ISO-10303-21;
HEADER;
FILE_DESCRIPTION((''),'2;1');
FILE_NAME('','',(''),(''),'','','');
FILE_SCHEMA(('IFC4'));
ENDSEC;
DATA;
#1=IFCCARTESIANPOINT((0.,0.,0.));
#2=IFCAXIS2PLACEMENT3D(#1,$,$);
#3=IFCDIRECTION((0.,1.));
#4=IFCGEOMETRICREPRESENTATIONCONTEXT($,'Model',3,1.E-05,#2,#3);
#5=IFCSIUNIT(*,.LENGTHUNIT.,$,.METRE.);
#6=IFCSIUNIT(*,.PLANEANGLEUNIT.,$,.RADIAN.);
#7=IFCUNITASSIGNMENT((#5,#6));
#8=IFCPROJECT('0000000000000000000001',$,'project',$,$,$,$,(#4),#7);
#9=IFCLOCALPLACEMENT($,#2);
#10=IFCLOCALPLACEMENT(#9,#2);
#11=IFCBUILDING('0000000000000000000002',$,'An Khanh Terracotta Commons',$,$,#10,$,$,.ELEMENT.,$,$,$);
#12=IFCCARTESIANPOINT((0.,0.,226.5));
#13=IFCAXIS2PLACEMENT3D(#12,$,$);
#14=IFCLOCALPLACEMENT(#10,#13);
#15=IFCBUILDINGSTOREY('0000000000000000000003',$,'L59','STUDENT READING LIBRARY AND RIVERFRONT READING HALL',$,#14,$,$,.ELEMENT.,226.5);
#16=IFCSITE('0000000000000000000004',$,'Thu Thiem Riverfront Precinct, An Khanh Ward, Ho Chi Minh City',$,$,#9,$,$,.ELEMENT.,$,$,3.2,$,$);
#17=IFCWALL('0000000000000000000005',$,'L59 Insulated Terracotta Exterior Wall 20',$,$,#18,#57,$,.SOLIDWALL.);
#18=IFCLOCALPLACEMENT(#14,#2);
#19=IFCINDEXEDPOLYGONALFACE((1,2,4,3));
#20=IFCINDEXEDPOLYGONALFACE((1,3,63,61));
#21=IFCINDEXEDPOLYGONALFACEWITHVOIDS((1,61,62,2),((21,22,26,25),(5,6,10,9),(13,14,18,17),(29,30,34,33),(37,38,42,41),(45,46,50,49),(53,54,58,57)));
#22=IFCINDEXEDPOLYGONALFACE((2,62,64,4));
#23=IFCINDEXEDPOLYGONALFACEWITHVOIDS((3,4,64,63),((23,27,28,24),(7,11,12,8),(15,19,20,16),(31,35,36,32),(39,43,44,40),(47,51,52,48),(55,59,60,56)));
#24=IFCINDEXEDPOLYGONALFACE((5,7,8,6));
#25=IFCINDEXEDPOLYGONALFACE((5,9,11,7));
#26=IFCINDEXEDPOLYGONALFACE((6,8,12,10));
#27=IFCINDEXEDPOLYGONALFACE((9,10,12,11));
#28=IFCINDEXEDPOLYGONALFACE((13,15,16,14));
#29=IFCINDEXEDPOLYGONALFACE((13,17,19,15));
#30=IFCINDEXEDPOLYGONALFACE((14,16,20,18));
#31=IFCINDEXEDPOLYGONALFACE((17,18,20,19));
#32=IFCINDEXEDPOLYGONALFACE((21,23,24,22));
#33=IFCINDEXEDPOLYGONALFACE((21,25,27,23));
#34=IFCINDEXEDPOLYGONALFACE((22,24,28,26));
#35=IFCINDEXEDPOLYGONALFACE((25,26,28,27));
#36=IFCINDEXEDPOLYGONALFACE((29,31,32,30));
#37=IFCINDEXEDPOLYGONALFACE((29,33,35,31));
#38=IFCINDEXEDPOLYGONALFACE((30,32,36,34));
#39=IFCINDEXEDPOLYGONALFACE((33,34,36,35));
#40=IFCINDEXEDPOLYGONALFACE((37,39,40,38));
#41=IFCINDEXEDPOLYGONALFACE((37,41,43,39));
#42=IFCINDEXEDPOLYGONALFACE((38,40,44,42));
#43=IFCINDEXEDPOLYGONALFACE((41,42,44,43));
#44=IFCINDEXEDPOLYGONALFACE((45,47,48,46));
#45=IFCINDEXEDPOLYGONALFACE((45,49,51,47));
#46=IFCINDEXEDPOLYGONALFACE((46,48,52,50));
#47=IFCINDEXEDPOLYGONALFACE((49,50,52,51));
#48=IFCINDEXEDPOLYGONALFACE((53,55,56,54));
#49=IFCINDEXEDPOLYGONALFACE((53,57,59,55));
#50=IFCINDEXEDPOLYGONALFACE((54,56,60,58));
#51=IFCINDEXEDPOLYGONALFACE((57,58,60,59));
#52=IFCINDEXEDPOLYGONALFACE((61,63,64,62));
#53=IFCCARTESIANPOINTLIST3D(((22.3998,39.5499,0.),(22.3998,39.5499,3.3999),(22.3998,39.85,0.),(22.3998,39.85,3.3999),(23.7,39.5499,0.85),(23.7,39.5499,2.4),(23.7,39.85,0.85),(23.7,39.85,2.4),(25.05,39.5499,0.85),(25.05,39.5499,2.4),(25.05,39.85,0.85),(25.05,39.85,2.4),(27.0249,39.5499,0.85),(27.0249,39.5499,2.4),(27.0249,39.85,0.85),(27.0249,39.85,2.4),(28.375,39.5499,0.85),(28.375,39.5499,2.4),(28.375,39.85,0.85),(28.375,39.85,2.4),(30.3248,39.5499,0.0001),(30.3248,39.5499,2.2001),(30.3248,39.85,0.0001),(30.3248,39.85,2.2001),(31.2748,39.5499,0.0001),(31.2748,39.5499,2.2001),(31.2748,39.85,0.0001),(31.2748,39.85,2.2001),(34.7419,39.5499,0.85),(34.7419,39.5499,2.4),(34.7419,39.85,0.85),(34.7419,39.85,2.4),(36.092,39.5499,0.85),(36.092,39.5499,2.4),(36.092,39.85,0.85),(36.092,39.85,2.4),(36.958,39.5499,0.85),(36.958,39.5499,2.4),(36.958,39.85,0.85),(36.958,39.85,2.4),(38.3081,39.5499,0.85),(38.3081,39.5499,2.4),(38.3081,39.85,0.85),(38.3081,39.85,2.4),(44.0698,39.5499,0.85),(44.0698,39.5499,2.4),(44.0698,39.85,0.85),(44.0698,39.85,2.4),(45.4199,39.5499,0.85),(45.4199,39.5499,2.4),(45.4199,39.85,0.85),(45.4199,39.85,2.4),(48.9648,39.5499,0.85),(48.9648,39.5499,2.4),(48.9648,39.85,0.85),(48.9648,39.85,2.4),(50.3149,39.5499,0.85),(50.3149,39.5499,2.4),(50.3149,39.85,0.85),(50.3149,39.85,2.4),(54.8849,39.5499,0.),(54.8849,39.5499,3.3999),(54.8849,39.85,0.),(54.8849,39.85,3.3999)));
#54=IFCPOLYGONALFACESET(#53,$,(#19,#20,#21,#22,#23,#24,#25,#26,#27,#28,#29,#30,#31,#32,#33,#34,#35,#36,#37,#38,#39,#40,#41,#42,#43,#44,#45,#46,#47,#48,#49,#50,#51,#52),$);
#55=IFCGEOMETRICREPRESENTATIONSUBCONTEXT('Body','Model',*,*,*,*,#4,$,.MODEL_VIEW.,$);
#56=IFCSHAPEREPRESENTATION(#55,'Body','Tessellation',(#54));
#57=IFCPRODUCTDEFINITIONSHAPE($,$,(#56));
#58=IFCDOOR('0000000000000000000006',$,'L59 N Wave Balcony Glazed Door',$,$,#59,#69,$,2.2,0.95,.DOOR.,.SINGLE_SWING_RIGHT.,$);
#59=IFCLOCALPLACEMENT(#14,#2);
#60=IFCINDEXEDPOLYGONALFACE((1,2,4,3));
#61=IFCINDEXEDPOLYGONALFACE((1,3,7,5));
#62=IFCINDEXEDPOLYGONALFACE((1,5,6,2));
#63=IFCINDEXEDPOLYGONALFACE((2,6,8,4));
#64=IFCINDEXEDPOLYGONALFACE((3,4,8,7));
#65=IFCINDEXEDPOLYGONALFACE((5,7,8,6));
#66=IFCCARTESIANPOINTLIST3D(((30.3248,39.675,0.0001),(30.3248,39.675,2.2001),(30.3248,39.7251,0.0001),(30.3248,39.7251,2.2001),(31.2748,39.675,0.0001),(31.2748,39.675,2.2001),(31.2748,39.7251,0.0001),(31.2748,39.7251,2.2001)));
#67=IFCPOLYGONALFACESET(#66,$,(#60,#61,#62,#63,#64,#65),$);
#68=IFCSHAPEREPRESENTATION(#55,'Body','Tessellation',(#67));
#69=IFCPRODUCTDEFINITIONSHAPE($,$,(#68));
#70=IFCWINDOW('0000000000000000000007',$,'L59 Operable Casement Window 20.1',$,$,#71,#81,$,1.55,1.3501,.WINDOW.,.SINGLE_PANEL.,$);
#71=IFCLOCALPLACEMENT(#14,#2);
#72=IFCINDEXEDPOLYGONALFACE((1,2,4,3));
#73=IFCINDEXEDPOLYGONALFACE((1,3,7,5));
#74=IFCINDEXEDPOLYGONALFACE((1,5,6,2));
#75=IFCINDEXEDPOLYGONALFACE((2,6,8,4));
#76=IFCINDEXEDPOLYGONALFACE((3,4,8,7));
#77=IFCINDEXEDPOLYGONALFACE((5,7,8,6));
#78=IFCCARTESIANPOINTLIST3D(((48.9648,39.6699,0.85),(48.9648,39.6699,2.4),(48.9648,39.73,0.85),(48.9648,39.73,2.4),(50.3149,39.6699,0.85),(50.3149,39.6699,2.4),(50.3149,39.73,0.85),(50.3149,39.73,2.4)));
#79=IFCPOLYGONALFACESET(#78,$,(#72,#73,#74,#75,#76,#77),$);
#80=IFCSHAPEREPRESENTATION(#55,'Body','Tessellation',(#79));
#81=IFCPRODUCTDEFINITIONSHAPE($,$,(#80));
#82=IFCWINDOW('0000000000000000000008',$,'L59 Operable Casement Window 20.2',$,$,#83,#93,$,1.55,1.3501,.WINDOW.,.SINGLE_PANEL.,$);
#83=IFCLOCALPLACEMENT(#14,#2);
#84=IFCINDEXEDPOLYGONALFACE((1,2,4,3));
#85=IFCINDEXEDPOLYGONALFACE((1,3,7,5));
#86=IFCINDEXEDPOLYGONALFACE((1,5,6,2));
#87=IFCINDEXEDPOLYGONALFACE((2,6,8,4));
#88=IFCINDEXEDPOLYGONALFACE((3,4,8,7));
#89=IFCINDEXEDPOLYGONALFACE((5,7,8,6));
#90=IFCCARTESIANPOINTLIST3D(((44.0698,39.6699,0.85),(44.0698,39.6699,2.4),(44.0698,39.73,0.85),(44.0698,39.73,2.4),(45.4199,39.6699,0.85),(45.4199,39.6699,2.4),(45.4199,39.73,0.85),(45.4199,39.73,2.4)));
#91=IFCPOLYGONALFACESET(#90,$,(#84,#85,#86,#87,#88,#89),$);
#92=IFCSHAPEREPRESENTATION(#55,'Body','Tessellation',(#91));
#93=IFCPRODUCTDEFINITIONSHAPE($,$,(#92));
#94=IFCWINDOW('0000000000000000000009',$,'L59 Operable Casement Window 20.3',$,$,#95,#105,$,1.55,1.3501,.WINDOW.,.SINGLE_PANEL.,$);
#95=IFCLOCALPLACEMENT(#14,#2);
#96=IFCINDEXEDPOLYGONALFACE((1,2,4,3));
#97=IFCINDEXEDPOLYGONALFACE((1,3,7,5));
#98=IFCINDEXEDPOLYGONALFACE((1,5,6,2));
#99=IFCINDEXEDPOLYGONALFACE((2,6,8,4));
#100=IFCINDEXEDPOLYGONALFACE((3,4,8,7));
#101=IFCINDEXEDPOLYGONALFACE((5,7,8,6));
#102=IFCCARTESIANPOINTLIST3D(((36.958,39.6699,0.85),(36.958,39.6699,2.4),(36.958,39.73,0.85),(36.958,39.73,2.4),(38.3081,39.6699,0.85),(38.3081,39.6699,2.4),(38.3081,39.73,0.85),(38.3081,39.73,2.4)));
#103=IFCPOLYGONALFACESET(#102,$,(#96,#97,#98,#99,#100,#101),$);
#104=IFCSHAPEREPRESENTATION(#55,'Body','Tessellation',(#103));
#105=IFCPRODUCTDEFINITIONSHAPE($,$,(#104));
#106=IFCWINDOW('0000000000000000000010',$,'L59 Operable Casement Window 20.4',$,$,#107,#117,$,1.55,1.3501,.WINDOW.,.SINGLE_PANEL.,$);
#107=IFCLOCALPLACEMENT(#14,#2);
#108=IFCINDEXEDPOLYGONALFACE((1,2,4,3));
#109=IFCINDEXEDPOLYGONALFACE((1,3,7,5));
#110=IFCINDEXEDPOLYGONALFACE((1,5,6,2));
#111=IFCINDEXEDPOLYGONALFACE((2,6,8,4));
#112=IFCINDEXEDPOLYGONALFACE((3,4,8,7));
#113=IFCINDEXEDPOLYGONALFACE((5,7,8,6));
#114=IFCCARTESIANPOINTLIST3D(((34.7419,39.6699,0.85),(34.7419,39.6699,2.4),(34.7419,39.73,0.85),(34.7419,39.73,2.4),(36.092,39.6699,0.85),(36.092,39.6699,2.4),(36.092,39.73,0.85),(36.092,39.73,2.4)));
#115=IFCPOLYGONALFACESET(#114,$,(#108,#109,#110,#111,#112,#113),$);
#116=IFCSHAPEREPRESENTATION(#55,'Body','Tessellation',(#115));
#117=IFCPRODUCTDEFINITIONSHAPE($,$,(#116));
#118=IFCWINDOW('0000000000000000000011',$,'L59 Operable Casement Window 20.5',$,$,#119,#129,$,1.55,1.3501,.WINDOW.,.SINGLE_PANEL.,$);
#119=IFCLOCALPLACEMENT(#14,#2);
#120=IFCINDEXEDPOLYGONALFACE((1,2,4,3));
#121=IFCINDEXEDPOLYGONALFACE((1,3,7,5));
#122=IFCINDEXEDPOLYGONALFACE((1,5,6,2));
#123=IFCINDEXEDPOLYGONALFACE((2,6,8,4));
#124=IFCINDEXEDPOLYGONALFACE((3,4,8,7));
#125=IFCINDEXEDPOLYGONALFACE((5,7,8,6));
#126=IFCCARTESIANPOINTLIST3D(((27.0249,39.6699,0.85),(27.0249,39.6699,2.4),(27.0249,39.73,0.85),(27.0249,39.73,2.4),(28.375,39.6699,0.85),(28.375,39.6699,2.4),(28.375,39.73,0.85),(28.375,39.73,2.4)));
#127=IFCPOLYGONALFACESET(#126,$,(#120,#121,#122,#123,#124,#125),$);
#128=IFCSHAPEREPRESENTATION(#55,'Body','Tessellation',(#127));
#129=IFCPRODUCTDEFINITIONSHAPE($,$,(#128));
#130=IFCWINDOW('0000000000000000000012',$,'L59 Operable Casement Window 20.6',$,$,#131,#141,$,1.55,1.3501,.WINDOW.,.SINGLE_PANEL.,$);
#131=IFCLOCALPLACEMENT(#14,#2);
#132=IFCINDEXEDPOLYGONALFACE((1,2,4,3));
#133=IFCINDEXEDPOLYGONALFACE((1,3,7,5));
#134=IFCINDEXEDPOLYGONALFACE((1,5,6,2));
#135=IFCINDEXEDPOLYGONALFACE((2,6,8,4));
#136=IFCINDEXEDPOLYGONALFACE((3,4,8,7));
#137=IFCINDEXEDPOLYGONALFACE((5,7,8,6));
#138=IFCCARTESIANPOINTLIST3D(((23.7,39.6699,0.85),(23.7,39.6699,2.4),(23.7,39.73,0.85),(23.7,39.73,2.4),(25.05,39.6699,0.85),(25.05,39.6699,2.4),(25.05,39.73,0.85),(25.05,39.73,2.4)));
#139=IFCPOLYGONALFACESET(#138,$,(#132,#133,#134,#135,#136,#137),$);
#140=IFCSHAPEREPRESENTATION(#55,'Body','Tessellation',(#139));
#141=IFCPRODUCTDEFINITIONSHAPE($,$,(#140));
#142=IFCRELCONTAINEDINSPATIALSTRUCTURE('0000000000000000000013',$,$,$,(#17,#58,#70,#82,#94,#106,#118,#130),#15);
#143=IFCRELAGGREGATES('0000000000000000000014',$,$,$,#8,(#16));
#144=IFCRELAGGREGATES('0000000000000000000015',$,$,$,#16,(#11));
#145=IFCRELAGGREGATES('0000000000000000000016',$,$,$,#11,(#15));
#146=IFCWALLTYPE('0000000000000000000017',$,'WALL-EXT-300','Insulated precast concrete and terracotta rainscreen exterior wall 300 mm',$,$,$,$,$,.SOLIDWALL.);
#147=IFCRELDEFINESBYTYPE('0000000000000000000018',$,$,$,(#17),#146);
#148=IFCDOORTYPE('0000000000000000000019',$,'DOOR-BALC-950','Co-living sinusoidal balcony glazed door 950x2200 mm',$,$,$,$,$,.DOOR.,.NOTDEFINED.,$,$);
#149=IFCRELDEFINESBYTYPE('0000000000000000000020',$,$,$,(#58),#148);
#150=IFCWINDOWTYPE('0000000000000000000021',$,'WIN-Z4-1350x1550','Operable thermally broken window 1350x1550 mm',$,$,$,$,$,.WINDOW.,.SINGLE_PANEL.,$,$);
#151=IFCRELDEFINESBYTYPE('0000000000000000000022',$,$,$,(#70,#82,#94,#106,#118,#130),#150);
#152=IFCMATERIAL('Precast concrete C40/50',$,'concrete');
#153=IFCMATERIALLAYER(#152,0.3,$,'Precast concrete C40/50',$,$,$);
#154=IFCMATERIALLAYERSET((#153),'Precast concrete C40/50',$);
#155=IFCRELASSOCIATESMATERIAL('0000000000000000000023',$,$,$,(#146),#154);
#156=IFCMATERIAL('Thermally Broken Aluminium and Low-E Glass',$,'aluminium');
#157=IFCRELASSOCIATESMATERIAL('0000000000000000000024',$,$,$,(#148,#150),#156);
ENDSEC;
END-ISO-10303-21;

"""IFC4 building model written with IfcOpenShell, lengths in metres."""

from ifc_helpers import new_model, si_unit, direction, frame, frame_2d, origin, place, context, subcontext, project, spatial, rectangle, extrude, material, layer, layer_set, type_object, element, fill, save


model = new_model("IFC4")

# Units and contexts
model_context = context("Model", 3, precision=1e-05, world=origin(), true_north=direction((0.0, 1.0)))
body_context = subcontext(model_context, "Body", "Model", "MODEL_VIEW")
ifc_project = project(units=[si_unit("LENGTHUNIT", "METRE"), si_unit("PLANEANGLEUNIT", "RADIAN")], contexts=[model_context])

# Site, building, storey
site_placement = place(None, origin())
site = spatial("IfcSite", under=ifc_project, at=site_placement, Name="Thu Thiem Riverfront Precinct, An Khanh Ward, Ho Chi Minh City", CompositionType="ELEMENT", RefElevation=3.2)
building_placement = place(site_placement, origin())
building = spatial("IfcBuilding", under=site, at=building_placement, Name="An Khanh Terracotta Commons", CompositionType="ELEMENT")
storey_placement = place(building_placement, frame((0.0, 0.0, 226.5)))
storey = spatial("IfcBuildingStorey", under=building, at=storey_placement, Name="L59", Description="STUDENT READING LIBRARY AND RIVERFRONT READING HALL", CompositionType="ELEMENT", Elevation=226.5)

# Shared definitions
ifc_material_1 = material(Name="Precast concrete C40/50", Category="concrete")
ifc_layer_1 = layer(ifc_material_1, 0.3, Name="Precast concrete C40/50")
ifc_layer_set_1 = layer_set([ifc_layer_1], Name="Precast concrete C40/50")
wall_type_1 = type_object("IfcWallType", Name="WALL-EXT-300", Description="Insulated precast concrete and terracotta rainscreen exterior wall 300 mm", PredefinedType="SOLIDWALL", material=ifc_layer_set_1)

# Wall, openings, door, windows
wall_1_placement = place(storey_placement, frame((54.885, 39.7, 0.0), z_axis=(0.0, 0.0, 1.0), x_axis=(-1.0, 0.0, 0.0)))
wall_1 = element("IfcWall", 1, at=wall_1_placement, inside=storey, type_object=wall_type_1, Name="L59 Insulated Terracotta Exterior Wall 20", PredefinedType="SOLIDWALL", context=body_context, shape_type="SweptSolid", body=[
    extrude(rectangle(XDim=32.4851, YDim=0.3, at=frame_2d((16.2427, 0.0))), origin(), (0.0, 0.0, 1.0), 3.3999),
])
opening_1_placement = place(wall_1_placement, frame((23.6101, 0.0, 0.0)))
opening_1 = element("IfcOpeningElement", 2, at=opening_1_placement, cuts=wall_1, PredefinedType="OPENING", context=body_context, shape_type="SweptSolid", body=[
    extrude(rectangle(XDim=0.95, YDim=2.2, at=frame_2d((0.4751, 1.1001))), frame((0.0, 0.1599, 0.0), z_axis=(0.0, -1.0, 0.0), x_axis=(1.0, 0.0, 0.0)), (0.0, 0.0, 1.0), 0.3201),
])
opening_2_placement = place(wall_1_placement, frame((4.5701, 0.0, 0.8501)))
opening_2 = element("IfcOpeningElement", 3, at=opening_2_placement, cuts=wall_1, PredefinedType="OPENING", context=body_context, shape_type="SweptSolid", body=[
    extrude(rectangle(XDim=1.3501, YDim=1.55, at=frame_2d((0.675, 0.7749))), frame((0.0, 0.1599, 0.0), z_axis=(0.0, -1.0, 0.0), x_axis=(1.0, 0.0, 0.0)), (0.0, 0.0, 1.0), 0.3201),
])
opening_3_placement = place(wall_1_placement, frame((9.4651, 0.0, 0.8501)))
opening_3 = element("IfcOpeningElement", 4, at=opening_3_placement, cuts=wall_1, PredefinedType="OPENING", context=body_context, shape_type="SweptSolid", body=[
    extrude(rectangle(XDim=1.3501, YDim=1.55, at=frame_2d((0.675, 0.7749))), frame((0.0, 0.1599, 0.0), z_axis=(0.0, -1.0, 0.0), x_axis=(1.0, 0.0, 0.0)), (0.0, 0.0, 1.0), 0.3201),
])
opening_4_placement = place(wall_1_placement, frame((16.5769, 0.0, 0.8501)))
opening_4 = element("IfcOpeningElement", 5, at=opening_4_placement, cuts=wall_1, PredefinedType="OPENING", context=body_context, shape_type="SweptSolid", body=[
    extrude(rectangle(XDim=1.3501, YDim=1.55, at=frame_2d((0.675, 0.7749))), frame((0.0, 0.1599, 0.0), z_axis=(0.0, -1.0, 0.0), x_axis=(1.0, 0.0, 0.0)), (0.0, 0.0, 1.0), 0.3201),
])
opening_5_placement = place(wall_1_placement, frame((18.793, 0.0, 0.8501)))
opening_5 = element("IfcOpeningElement", 6, at=opening_5_placement, cuts=wall_1, PredefinedType="OPENING", context=body_context, shape_type="SweptSolid", body=[
    extrude(rectangle(XDim=1.3501, YDim=1.55, at=frame_2d((0.675, 0.7749))), frame((0.0, 0.1599, 0.0), z_axis=(0.0, -1.0, 0.0), x_axis=(1.0, 0.0, 0.0)), (0.0, 0.0, 1.0), 0.3201),
])
opening_6_placement = place(wall_1_placement, frame((26.51, 0.0, 0.8501)))
opening_6 = element("IfcOpeningElement", 7, at=opening_6_placement, cuts=wall_1, PredefinedType="OPENING", context=body_context, shape_type="SweptSolid", body=[
    extrude(rectangle(XDim=1.3501, YDim=1.55, at=frame_2d((0.675, 0.7749))), frame((0.0, 0.1599, 0.0), z_axis=(0.0, -1.0, 0.0), x_axis=(1.0, 0.0, 0.0)), (0.0, 0.0, 1.0), 0.3201),
])
opening_7_placement = place(wall_1_placement, frame((29.835, 0.0, 0.8501)))
opening_7 = element("IfcOpeningElement", 8, at=opening_7_placement, cuts=wall_1, PredefinedType="OPENING", context=body_context, shape_type="SweptSolid", body=[
    extrude(rectangle(XDim=1.3501, YDim=1.55, at=frame_2d((0.675, 0.7749))), frame((0.0, 0.1599, 0.0), z_axis=(0.0, -1.0, 0.0), x_axis=(1.0, 0.0, 0.0)), (0.0, 0.0, 1.0), 0.3201),
])
ifc_material_2 = material(Name="Thermally Broken Aluminium and Low-E Glass", Category="aluminium")
door_type_1 = type_object("IfcDoorType", Name="DOOR-BALC-950", Description="Co-living sinusoidal balcony glazed door 950x2200 mm", OperationType="NOTDEFINED", PredefinedType="DOOR", material=ifc_material_2)
door_1_placement = place(opening_1_placement, origin())
door_1 = element("IfcDoor", 9, at=door_1_placement, inside=storey, type_object=door_type_1, Name="L59 N Wave Balcony Glazed Door", OperationType="SINGLE_SWING_RIGHT", OverallHeight=2.2, OverallWidth=0.95, PredefinedType="DOOR", context=body_context, shape_type="SweptSolid", body=[
    extrude(rectangle(XDim=0.95, YDim=2.2, at=frame_2d((0.4751, 1.1001))), frame((0.0, 0.0249, 0.0), z_axis=(0.0, -1.0, 0.0), x_axis=(1.0, 0.0, 0.0)), (0.0, 0.0, 1.0), 0.05),
])
fill(opening_1, door_1)
window_type = type_object("IfcWindowType", Name="WIN-Z4-1350x1550", Description="Operable thermally broken window 1350x1550 mm", PartitioningType="SINGLE_PANEL", PredefinedType="WINDOW", material=ifc_material_2)
window_1_placement = place(opening_2_placement, origin())
window_1 = element("IfcWindow", 10, at=window_1_placement, inside=storey, type_object=window_type, Name="L59 Operable Casement Window 20.1", OverallHeight=1.55, OverallWidth=1.3501, PartitioningType="SINGLE_PANEL", PredefinedType="WINDOW", context=body_context, shape_type="SweptSolid", body=[
    extrude(rectangle(XDim=1.3501, YDim=1.55, at=frame_2d((0.675, 0.7749))), frame((0.0, 0.03, 0.0), z_axis=(0.0, -1.0, 0.0), x_axis=(1.0, 0.0, 0.0)), (0.0, 0.0, 1.0), 0.0601),
])
fill(opening_2, window_1)
window_2_placement = place(opening_3_placement, origin())
window_2 = element("IfcWindow", 11, at=window_2_placement, inside=storey, type_object=window_type, Name="L59 Operable Casement Window 20.2", OverallHeight=1.55, OverallWidth=1.3501, PartitioningType="SINGLE_PANEL", PredefinedType="WINDOW", context=body_context, shape_type="SweptSolid", body=[
    extrude(rectangle(XDim=1.3501, YDim=1.55, at=frame_2d((0.675, 0.7749))), frame((0.0, 0.03, 0.0), z_axis=(0.0, -1.0, 0.0), x_axis=(1.0, 0.0, 0.0)), (0.0, 0.0, 1.0), 0.0601),
])
fill(opening_3, window_2)
window_3_placement = place(opening_4_placement, origin())
window_3 = element("IfcWindow", 12, at=window_3_placement, inside=storey, type_object=window_type, Name="L59 Operable Casement Window 20.3", OverallHeight=1.55, OverallWidth=1.3501, PartitioningType="SINGLE_PANEL", PredefinedType="WINDOW", context=body_context, shape_type="SweptSolid", body=[
    extrude(rectangle(XDim=1.3501, YDim=1.55, at=frame_2d((0.675, 0.7749))), frame((0.0, 0.03, 0.0), z_axis=(0.0, -1.0, 0.0), x_axis=(1.0, 0.0, 0.0)), (0.0, 0.0, 1.0), 0.0601),
])
fill(opening_4, window_3)
window_4_placement = place(opening_5_placement, origin())
window_4 = element("IfcWindow", 13, at=window_4_placement, inside=storey, type_object=window_type, Name="L59 Operable Casement Window 20.4", OverallHeight=1.55, OverallWidth=1.3501, PartitioningType="SINGLE_PANEL", PredefinedType="WINDOW", context=body_context, shape_type="SweptSolid", body=[
    extrude(rectangle(XDim=1.3501, YDim=1.55, at=frame_2d((0.675, 0.7749))), frame((0.0, 0.03, 0.0), z_axis=(0.0, -1.0, 0.0), x_axis=(1.0, 0.0, 0.0)), (0.0, 0.0, 1.0), 0.0601),
])
fill(opening_5, window_4)
window_5_placement = place(opening_6_placement, origin())
window_5 = element("IfcWindow", 14, at=window_5_placement, inside=storey, type_object=window_type, Name="L59 Operable Casement Window 20.5", OverallHeight=1.55, OverallWidth=1.3501, PartitioningType="SINGLE_PANEL", PredefinedType="WINDOW", context=body_context, shape_type="SweptSolid", body=[
    extrude(rectangle(XDim=1.3501, YDim=1.55, at=frame_2d((0.675, 0.7749))), frame((0.0, 0.03, 0.0), z_axis=(0.0, -1.0, 0.0), x_axis=(1.0, 0.0, 0.0)), (0.0, 0.0, 1.0), 0.0601),
])
fill(opening_6, window_5)
window_6_placement = place(opening_7_placement, origin())
window_6 = element("IfcWindow", 15, at=window_6_placement, inside=storey, type_object=window_type, Name="L59 Operable Casement Window 20.6", OverallHeight=1.55, OverallWidth=1.3501, PartitioningType="SINGLE_PANEL", PredefinedType="WINDOW", context=body_context, shape_type="SweptSolid", body=[
    extrude(rectangle(XDim=1.3501, YDim=1.55, at=frame_2d((0.675, 0.7749))), frame((0.0, 0.03, 0.0), z_axis=(0.0, -1.0, 0.0), x_axis=(1.0, 0.0, 0.0)), (0.0, 0.0, 1.0), 0.0601),
])
fill(opening_7, window_6)

save(model, "model.ifc")
